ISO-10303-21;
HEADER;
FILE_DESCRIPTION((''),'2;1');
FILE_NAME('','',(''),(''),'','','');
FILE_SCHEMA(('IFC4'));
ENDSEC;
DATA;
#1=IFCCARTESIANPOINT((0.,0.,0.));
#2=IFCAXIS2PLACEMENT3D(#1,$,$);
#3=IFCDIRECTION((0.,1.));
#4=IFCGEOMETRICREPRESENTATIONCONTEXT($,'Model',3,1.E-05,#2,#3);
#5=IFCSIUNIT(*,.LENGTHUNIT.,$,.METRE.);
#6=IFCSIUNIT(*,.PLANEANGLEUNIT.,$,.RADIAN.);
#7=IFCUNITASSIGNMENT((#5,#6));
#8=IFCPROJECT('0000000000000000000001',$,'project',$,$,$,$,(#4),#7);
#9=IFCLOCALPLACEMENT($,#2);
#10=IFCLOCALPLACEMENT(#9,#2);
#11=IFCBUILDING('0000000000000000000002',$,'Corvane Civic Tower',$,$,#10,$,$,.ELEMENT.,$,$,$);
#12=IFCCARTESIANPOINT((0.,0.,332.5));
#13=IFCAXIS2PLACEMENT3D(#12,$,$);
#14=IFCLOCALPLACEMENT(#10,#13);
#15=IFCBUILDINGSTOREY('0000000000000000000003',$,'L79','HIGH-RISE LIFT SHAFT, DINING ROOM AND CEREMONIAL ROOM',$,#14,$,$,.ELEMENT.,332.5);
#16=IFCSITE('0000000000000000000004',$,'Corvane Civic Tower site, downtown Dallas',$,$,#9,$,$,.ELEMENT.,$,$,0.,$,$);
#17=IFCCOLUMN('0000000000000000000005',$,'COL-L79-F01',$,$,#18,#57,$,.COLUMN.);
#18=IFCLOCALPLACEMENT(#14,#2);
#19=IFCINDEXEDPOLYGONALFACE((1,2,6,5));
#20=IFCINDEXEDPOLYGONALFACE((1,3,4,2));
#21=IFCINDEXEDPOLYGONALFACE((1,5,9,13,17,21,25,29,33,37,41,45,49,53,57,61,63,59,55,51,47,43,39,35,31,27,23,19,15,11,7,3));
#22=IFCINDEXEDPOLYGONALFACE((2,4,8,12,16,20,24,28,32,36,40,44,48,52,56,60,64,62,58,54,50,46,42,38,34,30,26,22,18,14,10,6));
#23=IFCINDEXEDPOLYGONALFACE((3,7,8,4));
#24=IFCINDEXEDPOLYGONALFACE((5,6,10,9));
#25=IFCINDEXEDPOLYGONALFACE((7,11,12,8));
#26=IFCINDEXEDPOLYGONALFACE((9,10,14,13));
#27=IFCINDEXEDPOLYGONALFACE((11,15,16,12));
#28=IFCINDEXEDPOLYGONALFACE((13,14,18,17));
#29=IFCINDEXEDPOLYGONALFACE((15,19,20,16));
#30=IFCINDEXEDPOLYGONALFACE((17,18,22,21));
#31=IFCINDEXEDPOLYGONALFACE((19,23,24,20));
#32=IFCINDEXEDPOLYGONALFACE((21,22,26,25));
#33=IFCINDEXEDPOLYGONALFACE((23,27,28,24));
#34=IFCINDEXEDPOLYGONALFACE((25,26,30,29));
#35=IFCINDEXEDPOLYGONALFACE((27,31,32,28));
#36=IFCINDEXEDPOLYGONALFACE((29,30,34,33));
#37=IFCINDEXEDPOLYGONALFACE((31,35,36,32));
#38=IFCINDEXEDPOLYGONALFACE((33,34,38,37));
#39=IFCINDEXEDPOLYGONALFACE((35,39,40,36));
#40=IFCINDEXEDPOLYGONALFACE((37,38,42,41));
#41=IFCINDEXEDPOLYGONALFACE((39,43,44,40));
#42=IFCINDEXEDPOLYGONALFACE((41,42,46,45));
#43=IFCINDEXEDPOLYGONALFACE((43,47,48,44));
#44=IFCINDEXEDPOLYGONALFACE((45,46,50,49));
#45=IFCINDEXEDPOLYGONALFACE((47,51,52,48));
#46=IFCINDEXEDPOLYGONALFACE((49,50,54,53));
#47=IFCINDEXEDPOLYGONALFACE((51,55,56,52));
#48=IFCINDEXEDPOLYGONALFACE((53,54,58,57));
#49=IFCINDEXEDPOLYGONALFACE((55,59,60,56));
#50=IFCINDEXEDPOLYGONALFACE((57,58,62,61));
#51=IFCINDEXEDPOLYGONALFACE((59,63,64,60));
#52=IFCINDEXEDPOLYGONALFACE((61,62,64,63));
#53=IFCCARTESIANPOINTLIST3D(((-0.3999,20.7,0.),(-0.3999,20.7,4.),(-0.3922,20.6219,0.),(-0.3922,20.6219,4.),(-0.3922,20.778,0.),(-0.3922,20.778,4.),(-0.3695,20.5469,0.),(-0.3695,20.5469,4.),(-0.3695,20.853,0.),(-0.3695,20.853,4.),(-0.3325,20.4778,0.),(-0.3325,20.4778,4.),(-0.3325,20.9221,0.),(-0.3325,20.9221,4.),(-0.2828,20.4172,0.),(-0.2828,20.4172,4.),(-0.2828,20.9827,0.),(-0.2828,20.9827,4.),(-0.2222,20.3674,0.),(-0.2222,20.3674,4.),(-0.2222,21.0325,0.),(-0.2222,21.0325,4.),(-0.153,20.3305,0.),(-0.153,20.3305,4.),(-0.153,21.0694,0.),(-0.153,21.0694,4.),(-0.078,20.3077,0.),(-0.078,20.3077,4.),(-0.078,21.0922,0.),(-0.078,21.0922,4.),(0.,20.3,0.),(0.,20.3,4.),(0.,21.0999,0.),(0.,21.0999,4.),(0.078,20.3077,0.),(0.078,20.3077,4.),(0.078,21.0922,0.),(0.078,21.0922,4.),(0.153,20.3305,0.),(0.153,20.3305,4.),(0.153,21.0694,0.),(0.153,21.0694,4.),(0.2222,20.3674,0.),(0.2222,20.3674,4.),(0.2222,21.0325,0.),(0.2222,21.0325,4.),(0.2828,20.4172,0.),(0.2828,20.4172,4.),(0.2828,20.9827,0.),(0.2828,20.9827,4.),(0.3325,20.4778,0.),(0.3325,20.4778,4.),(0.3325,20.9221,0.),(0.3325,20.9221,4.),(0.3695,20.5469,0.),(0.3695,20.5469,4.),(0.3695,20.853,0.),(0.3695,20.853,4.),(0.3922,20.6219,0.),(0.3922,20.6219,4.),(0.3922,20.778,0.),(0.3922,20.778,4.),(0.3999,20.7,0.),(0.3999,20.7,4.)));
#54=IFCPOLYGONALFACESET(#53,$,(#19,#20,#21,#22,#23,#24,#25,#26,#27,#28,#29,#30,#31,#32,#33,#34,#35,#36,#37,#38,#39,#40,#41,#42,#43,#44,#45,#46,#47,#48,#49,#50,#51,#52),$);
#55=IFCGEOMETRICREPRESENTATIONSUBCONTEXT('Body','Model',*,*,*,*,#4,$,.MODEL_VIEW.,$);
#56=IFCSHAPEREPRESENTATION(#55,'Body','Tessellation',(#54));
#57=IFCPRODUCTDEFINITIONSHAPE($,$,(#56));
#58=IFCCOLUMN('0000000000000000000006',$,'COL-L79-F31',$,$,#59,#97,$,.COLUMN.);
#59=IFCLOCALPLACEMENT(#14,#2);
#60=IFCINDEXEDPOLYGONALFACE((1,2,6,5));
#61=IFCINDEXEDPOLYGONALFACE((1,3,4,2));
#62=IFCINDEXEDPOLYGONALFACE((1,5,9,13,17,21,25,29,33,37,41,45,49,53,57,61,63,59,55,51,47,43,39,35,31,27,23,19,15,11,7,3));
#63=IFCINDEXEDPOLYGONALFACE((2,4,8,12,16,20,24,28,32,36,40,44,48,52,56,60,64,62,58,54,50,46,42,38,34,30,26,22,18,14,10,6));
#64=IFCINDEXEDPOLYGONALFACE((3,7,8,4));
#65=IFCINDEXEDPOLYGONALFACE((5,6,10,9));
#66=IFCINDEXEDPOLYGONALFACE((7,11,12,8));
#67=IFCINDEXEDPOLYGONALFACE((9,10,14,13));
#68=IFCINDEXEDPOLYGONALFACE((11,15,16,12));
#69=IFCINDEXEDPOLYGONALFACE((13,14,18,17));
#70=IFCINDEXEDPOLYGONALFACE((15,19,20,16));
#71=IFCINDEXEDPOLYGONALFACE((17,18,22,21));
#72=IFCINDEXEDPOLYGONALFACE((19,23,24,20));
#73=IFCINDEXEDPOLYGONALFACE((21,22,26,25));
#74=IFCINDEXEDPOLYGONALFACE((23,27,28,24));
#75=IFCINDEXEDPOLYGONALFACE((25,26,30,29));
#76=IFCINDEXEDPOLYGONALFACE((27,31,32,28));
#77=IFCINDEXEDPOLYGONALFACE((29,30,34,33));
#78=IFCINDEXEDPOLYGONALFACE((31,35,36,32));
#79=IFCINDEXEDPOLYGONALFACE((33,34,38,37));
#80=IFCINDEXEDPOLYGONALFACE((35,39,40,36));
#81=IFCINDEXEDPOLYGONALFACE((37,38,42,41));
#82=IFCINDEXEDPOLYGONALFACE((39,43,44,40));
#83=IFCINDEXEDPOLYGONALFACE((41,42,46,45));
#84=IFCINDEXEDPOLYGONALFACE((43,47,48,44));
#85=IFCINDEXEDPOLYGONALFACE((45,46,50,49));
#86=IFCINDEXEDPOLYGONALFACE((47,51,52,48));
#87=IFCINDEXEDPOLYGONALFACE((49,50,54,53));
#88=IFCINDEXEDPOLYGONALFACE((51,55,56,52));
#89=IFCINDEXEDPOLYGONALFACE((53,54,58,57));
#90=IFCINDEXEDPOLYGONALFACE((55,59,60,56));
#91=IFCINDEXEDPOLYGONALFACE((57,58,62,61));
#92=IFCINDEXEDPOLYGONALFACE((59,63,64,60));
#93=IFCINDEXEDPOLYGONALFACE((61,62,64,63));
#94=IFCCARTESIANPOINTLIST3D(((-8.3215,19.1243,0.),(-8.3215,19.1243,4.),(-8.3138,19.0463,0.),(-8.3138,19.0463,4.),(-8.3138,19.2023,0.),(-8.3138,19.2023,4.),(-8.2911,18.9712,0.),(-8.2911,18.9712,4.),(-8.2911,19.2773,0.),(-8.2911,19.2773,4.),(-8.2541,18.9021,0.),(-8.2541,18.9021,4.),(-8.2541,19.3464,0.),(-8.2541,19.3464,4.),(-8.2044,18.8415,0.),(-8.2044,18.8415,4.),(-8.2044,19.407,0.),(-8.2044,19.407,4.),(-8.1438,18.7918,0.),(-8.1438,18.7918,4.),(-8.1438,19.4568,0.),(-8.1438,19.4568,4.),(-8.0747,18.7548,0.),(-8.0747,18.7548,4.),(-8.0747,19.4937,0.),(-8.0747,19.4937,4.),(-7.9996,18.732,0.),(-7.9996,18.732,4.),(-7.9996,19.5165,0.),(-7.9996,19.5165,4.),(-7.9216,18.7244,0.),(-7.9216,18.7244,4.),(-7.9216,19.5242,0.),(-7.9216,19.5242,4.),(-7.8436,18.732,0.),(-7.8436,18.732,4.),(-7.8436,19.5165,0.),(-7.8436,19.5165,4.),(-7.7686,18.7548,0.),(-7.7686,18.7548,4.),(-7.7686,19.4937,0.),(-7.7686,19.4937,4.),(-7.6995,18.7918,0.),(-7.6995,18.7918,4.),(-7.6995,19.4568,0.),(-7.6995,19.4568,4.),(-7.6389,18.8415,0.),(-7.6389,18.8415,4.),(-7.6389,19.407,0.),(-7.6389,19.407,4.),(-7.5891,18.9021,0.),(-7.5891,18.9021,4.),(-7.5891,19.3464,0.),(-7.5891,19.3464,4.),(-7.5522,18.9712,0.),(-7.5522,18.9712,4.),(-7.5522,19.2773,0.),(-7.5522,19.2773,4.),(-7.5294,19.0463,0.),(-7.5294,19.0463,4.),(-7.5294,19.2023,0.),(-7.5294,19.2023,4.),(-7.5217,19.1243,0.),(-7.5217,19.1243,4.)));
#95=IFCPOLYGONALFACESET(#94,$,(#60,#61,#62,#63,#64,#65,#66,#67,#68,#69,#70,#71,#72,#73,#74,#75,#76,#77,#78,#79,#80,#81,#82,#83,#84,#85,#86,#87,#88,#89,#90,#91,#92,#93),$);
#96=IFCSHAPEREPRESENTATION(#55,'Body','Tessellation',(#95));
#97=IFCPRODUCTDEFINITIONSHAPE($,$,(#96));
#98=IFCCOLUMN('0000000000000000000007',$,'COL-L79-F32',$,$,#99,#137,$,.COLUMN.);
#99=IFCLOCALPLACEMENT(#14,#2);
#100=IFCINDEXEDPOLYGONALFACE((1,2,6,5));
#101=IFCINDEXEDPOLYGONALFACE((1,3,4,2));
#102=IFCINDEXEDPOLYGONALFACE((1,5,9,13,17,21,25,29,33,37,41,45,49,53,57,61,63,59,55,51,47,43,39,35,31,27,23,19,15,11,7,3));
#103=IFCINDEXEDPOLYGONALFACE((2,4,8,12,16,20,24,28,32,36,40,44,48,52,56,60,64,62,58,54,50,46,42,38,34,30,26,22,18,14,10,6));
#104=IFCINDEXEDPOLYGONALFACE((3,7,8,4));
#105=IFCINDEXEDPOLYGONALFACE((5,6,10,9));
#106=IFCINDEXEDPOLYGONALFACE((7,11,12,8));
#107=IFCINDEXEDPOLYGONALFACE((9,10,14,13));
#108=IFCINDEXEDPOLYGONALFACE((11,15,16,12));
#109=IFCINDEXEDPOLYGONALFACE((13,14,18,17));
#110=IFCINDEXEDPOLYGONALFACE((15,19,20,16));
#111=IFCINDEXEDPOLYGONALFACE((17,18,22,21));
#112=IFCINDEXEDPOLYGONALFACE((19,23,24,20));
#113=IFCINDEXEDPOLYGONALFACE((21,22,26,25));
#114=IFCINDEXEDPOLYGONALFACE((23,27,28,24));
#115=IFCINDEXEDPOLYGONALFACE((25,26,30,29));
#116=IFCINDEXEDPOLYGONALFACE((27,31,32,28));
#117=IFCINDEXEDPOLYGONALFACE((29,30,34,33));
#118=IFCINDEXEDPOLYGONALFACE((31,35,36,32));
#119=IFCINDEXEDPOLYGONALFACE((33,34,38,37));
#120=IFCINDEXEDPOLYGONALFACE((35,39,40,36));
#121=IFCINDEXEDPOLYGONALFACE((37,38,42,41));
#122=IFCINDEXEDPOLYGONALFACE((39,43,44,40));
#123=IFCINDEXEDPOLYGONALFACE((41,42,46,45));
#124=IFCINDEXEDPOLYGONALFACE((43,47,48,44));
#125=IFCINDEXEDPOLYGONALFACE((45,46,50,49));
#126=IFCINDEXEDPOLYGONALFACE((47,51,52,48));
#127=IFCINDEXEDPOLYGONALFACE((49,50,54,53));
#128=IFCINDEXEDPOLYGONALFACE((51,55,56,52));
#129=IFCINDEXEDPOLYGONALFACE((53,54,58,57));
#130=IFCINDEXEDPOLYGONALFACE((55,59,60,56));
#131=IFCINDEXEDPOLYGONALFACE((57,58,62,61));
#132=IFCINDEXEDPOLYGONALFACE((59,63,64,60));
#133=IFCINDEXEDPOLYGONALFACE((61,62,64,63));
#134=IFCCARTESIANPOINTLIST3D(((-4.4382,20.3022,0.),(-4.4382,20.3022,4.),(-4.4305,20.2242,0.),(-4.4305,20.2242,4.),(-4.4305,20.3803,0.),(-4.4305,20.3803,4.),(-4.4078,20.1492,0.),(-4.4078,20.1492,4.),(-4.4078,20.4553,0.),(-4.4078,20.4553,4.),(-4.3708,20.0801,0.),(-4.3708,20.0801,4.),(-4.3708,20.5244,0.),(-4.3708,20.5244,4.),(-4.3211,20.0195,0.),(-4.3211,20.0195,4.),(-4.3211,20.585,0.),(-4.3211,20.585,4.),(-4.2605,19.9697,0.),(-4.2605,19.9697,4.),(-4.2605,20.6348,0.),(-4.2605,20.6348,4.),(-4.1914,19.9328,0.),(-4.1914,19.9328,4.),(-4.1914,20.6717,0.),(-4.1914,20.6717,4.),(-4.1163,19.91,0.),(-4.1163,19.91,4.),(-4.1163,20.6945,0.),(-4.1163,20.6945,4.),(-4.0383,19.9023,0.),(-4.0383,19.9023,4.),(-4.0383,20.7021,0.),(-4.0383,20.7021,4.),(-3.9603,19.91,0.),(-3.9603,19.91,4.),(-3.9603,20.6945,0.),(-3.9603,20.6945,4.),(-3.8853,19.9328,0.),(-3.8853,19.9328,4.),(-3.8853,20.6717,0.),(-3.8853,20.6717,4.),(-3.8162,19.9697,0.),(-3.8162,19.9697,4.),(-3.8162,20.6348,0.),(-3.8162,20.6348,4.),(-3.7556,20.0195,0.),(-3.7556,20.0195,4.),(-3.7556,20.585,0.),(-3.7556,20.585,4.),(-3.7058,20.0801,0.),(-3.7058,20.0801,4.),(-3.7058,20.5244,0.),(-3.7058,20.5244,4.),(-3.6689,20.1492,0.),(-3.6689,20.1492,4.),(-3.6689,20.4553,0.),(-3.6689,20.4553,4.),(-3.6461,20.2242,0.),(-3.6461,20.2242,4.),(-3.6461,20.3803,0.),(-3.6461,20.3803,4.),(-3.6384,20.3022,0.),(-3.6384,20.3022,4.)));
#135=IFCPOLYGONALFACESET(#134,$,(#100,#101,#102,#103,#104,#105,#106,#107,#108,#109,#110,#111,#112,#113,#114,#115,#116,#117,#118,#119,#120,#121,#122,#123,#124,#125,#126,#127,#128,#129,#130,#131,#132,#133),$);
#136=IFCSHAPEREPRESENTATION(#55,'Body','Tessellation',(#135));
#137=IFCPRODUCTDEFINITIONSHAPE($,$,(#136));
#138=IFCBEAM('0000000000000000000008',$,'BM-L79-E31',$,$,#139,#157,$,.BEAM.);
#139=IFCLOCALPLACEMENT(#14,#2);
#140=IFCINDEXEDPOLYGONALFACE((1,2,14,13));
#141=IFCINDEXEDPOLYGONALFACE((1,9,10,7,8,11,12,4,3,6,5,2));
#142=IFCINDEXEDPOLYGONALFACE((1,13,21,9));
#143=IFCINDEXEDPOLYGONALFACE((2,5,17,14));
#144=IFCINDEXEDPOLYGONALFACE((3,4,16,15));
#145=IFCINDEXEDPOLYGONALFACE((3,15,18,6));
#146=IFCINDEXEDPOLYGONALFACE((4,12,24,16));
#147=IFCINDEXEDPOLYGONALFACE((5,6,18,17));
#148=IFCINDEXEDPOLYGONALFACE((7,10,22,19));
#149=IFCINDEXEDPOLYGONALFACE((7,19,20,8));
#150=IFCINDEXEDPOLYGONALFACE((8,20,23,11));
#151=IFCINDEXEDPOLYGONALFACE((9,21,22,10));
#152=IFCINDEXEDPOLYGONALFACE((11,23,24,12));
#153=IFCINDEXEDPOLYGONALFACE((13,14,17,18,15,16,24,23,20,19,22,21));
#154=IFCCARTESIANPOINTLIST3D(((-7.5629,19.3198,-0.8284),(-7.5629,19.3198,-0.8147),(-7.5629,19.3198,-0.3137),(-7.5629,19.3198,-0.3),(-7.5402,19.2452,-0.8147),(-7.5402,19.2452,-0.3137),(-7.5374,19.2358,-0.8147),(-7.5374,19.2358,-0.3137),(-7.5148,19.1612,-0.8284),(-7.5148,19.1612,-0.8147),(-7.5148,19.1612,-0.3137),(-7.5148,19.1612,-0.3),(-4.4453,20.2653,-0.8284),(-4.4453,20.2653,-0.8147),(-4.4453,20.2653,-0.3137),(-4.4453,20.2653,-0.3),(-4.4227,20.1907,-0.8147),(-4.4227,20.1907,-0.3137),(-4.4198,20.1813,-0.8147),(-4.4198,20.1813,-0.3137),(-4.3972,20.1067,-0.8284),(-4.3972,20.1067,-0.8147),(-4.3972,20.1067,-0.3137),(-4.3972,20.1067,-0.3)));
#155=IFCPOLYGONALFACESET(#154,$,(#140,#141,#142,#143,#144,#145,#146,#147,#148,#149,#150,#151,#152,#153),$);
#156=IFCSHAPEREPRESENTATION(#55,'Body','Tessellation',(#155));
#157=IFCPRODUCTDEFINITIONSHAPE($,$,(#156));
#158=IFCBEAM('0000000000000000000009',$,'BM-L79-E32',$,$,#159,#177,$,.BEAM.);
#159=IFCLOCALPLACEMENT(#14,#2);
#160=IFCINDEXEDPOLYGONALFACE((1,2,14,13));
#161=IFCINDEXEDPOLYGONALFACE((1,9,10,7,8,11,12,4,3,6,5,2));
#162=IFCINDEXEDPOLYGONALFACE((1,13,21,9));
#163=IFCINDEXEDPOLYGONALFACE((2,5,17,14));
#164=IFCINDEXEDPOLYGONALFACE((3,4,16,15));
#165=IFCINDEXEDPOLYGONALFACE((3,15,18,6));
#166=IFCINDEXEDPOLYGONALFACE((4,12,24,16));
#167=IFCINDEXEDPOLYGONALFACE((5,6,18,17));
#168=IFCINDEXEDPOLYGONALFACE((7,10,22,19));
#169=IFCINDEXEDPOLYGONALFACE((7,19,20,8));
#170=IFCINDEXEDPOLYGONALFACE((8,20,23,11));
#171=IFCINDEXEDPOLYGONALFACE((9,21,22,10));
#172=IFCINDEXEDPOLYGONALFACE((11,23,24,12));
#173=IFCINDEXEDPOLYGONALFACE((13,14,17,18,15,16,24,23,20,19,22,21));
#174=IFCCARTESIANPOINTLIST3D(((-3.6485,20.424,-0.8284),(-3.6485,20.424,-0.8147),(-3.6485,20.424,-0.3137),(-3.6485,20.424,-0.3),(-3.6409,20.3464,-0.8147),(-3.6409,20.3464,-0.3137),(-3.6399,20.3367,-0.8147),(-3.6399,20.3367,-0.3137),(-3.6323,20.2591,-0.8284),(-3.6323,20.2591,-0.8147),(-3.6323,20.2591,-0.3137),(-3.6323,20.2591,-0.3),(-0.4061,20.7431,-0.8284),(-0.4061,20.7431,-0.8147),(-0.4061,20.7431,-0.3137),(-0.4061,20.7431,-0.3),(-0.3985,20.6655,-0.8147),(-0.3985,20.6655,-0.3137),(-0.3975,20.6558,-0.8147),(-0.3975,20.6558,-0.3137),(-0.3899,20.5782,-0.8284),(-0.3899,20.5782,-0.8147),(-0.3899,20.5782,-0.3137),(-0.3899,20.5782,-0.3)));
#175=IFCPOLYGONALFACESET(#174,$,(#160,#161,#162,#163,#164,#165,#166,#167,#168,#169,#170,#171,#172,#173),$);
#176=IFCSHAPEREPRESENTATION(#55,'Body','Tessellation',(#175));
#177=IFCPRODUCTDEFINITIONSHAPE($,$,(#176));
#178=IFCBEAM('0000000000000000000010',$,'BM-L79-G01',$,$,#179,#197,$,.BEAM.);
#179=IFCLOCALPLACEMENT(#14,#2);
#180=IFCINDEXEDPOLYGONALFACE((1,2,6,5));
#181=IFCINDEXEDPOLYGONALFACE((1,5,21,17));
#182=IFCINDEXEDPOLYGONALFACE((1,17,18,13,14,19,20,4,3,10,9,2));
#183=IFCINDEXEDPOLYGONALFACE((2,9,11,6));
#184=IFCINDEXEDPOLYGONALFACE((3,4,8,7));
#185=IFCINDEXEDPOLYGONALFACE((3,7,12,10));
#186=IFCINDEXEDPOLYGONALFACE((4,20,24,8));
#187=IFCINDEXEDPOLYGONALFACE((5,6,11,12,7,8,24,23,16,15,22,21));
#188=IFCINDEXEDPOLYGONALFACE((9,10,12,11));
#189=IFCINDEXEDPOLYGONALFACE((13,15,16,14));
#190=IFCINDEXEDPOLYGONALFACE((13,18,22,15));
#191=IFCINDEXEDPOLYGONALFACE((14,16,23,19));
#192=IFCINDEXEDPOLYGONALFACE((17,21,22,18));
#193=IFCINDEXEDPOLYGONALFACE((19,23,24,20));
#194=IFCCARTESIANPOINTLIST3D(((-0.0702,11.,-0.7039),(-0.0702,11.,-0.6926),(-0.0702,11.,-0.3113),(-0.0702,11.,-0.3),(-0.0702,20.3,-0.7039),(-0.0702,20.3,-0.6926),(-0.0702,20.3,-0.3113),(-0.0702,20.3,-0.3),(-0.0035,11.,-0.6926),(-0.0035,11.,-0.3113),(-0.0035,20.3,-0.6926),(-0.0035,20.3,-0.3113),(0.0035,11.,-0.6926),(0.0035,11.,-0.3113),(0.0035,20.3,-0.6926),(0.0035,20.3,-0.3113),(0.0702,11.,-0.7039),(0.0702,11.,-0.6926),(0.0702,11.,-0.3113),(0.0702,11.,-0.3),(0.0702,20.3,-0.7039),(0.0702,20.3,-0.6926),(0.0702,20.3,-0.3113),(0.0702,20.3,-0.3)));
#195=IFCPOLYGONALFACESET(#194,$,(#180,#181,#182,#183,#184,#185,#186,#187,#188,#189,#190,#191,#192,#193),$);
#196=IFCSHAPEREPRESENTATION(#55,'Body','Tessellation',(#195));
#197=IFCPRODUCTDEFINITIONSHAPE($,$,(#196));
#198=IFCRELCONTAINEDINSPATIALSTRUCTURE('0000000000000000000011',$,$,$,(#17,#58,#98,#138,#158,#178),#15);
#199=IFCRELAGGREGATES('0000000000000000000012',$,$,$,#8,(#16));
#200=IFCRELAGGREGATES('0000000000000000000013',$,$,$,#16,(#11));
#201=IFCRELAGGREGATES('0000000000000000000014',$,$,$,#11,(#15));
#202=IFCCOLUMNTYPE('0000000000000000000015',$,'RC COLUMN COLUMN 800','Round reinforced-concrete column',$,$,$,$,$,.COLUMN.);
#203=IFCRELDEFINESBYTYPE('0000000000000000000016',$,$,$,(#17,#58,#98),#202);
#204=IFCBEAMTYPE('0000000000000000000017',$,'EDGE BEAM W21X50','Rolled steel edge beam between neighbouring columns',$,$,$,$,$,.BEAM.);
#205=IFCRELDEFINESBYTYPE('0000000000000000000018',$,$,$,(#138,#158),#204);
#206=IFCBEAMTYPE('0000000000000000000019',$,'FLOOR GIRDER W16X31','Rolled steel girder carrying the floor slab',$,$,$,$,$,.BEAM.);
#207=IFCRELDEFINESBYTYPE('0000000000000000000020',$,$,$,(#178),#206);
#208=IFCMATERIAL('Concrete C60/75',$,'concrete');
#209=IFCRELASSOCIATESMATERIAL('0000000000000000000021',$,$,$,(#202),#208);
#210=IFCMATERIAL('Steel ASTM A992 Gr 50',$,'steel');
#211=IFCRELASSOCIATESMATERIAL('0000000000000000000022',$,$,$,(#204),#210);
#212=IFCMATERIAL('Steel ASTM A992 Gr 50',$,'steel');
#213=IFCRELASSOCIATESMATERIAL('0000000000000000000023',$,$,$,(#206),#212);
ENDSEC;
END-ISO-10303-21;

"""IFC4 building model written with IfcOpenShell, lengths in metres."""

from ifc_helpers import new_model, si_unit, direction, frame, origin, origin_2d, place, context, subcontext, project, spatial, circle, i_section, extrude, material, material_profile, profile_set, type_object, element, save


model = new_model("IFC4")

# Units and contexts
model_context = context("Model", 3, precision=1e-05, world=origin(), true_north=direction((0.0, 1.0)))
body_context = subcontext(model_context, "Body", "Model", "MODEL_VIEW")
ifc_project = project(units=[si_unit("LENGTHUNIT", "METRE"), si_unit("PLANEANGLEUNIT", "RADIAN")], contexts=[model_context])

# Site, building, storey
site_placement = place(None, origin())
site = spatial("IfcSite", under=ifc_project, at=site_placement, Name="Corvane Civic Tower site, downtown Dallas", CompositionType="ELEMENT", RefElevation=0.0)
building_placement = place(site_placement, origin())
building = spatial("IfcBuilding", under=site, at=building_placement, Name="Corvane Civic Tower", CompositionType="ELEMENT")
storey_placement = place(building_placement, frame((0.0, 0.0, 332.5)))
storey = spatial("IfcBuildingStorey", under=building, at=storey_placement, Name="L79", Description="HIGH-RISE LIFT SHAFT, DINING ROOM AND CEREMONIAL ROOM", CompositionType="ELEMENT", Elevation=332.5)

# Columns
ifc_material_1 = material(Name="Concrete C60/75", Category="concrete")
ifc_material_profile_1 = material_profile(ifc_material_1, circle(Radius=0.3999, at=origin_2d()), Name="COLUMN 800")
ifc_profile_set_1 = profile_set([ifc_material_profile_1], Name="Concrete C60/75")
column_type = type_object("IfcColumnType", Name="RC COLUMN COLUMN 800", Description="Round reinforced-concrete column", PredefinedType="COLUMN", material=ifc_profile_set_1)
for number, where, z_axis, x_axis, name in (
    (1, (0.0, 20.7, 0.0), (0.0, 0.0, 1.0), (1.0, 0.0, 0.0), "COL-L79-F01"),
    (2, (-7.9216, 19.1243, 0.0), (0.0, 0.0, 1.0), (1.0, 0.0, 0.0), "COL-L79-F31"),
    (3, (-4.0383, 20.3022, 0.0), (0.0, 0.0, 1.0), (1.0, 0.0, 0.0), "COL-L79-F32"),
):
    element("IfcColumn", number, at=place(storey_placement, frame(where, z_axis=z_axis, x_axis=x_axis)), inside=storey, type_object=column_type, Name=name, PredefinedType="COLUMN", context=body_context, shape_type="SweptSolid", body=[
        extrude(circle(Radius=0.3999, at=origin_2d()), origin(), (0.0, 0.0, 1.0), 4.0),
    ])

# Beams
ifc_material_2 = material(Name="Steel ASTM A992 Gr 50", Category="steel")
ifc_material_profile_2 = material_profile(ifc_material_2, i_section(OverallWidth=0.1658, OverallDepth=0.5283, WebThickness=0.0098, FlangeThickness=0.0137, at=origin_2d()), Name="W21X50")
ifc_profile_set_2 = profile_set([ifc_material_profile_2], Name="Steel ASTM A992 Gr 50")
beam_type_1 = type_object("IfcBeamType", Name="EDGE BEAM W21X50", Description="Rolled steel edge beam between neighbouring columns", PredefinedType="BEAM", material=ifc_profile_set_2)
beam_1_placement = place(storey_placement, frame((-7.5388, 19.2405, -0.5642), z_axis=(0.956956, 0.290234, 0.0), x_axis=(-0.290234, 0.956956, 0.0)))
element("IfcBeam", 4, at=beam_1_placement, inside=storey, type_object=beam_type_1, Name="BM-L79-E31", PredefinedType="BEAM", context=body_context, shape_type="SweptSolid", body=[
    extrude(i_section(OverallWidth=0.1658, OverallDepth=0.5283, WebThickness=0.0098, FlangeThickness=0.0137, at=origin_2d()), origin(), (0.0, 0.0, 1.0), 3.2578),
])
beam_2_placement = place(storey_placement, frame((-3.6404, 20.3416, -0.5642), z_axis=(0.995193, 0.097938, 0.0), x_axis=(-0.097938, 0.995193, 0.0)))
element("IfcBeam", 5, at=beam_2_placement, inside=storey, type_object=beam_type_1, Name="BM-L79-E32", PredefinedType="BEAM", context=body_context, shape_type="SweptSolid", body=[
    extrude(i_section(OverallWidth=0.1658, OverallDepth=0.5283, WebThickness=0.0098, FlangeThickness=0.0137, at=origin_2d()), origin(), (0.0, 0.0, 1.0), 3.2581),
])
ifc_material_3 = material(Name="Steel ASTM A992 Gr 50", Category="steel")
ifc_material_profile_3 = material_profile(ifc_material_3, i_section(OverallWidth=0.1404, OverallDepth=0.4038, WebThickness=0.0071, FlangeThickness=0.0112, at=origin_2d()), Name="W16X31")
ifc_profile_set_3 = profile_set([ifc_material_profile_3], Name="Steel ASTM A992 Gr 50")
beam_type_2 = type_object("IfcBeamType", Name="FLOOR GIRDER W16X31", Description="Rolled steel girder carrying the floor slab", PredefinedType="BEAM", material=ifc_profile_set_3)
beam_3_placement = place(storey_placement, frame((0.0, 11.0, -0.502), z_axis=(0.0, 1.0, 0.0), x_axis=(-1.0, 0.0, 0.0)))
element("IfcBeam", 6, at=beam_3_placement, inside=storey, type_object=beam_type_2, Name="BM-L79-G01", PredefinedType="BEAM", context=body_context, shape_type="SweptSolid", body=[
    extrude(i_section(OverallWidth=0.1404, OverallDepth=0.4038, WebThickness=0.0071, FlangeThickness=0.0112, at=origin_2d()), origin(), (0.0, 0.0, 1.0), 9.3),
])

save(model, "model.ifc")
